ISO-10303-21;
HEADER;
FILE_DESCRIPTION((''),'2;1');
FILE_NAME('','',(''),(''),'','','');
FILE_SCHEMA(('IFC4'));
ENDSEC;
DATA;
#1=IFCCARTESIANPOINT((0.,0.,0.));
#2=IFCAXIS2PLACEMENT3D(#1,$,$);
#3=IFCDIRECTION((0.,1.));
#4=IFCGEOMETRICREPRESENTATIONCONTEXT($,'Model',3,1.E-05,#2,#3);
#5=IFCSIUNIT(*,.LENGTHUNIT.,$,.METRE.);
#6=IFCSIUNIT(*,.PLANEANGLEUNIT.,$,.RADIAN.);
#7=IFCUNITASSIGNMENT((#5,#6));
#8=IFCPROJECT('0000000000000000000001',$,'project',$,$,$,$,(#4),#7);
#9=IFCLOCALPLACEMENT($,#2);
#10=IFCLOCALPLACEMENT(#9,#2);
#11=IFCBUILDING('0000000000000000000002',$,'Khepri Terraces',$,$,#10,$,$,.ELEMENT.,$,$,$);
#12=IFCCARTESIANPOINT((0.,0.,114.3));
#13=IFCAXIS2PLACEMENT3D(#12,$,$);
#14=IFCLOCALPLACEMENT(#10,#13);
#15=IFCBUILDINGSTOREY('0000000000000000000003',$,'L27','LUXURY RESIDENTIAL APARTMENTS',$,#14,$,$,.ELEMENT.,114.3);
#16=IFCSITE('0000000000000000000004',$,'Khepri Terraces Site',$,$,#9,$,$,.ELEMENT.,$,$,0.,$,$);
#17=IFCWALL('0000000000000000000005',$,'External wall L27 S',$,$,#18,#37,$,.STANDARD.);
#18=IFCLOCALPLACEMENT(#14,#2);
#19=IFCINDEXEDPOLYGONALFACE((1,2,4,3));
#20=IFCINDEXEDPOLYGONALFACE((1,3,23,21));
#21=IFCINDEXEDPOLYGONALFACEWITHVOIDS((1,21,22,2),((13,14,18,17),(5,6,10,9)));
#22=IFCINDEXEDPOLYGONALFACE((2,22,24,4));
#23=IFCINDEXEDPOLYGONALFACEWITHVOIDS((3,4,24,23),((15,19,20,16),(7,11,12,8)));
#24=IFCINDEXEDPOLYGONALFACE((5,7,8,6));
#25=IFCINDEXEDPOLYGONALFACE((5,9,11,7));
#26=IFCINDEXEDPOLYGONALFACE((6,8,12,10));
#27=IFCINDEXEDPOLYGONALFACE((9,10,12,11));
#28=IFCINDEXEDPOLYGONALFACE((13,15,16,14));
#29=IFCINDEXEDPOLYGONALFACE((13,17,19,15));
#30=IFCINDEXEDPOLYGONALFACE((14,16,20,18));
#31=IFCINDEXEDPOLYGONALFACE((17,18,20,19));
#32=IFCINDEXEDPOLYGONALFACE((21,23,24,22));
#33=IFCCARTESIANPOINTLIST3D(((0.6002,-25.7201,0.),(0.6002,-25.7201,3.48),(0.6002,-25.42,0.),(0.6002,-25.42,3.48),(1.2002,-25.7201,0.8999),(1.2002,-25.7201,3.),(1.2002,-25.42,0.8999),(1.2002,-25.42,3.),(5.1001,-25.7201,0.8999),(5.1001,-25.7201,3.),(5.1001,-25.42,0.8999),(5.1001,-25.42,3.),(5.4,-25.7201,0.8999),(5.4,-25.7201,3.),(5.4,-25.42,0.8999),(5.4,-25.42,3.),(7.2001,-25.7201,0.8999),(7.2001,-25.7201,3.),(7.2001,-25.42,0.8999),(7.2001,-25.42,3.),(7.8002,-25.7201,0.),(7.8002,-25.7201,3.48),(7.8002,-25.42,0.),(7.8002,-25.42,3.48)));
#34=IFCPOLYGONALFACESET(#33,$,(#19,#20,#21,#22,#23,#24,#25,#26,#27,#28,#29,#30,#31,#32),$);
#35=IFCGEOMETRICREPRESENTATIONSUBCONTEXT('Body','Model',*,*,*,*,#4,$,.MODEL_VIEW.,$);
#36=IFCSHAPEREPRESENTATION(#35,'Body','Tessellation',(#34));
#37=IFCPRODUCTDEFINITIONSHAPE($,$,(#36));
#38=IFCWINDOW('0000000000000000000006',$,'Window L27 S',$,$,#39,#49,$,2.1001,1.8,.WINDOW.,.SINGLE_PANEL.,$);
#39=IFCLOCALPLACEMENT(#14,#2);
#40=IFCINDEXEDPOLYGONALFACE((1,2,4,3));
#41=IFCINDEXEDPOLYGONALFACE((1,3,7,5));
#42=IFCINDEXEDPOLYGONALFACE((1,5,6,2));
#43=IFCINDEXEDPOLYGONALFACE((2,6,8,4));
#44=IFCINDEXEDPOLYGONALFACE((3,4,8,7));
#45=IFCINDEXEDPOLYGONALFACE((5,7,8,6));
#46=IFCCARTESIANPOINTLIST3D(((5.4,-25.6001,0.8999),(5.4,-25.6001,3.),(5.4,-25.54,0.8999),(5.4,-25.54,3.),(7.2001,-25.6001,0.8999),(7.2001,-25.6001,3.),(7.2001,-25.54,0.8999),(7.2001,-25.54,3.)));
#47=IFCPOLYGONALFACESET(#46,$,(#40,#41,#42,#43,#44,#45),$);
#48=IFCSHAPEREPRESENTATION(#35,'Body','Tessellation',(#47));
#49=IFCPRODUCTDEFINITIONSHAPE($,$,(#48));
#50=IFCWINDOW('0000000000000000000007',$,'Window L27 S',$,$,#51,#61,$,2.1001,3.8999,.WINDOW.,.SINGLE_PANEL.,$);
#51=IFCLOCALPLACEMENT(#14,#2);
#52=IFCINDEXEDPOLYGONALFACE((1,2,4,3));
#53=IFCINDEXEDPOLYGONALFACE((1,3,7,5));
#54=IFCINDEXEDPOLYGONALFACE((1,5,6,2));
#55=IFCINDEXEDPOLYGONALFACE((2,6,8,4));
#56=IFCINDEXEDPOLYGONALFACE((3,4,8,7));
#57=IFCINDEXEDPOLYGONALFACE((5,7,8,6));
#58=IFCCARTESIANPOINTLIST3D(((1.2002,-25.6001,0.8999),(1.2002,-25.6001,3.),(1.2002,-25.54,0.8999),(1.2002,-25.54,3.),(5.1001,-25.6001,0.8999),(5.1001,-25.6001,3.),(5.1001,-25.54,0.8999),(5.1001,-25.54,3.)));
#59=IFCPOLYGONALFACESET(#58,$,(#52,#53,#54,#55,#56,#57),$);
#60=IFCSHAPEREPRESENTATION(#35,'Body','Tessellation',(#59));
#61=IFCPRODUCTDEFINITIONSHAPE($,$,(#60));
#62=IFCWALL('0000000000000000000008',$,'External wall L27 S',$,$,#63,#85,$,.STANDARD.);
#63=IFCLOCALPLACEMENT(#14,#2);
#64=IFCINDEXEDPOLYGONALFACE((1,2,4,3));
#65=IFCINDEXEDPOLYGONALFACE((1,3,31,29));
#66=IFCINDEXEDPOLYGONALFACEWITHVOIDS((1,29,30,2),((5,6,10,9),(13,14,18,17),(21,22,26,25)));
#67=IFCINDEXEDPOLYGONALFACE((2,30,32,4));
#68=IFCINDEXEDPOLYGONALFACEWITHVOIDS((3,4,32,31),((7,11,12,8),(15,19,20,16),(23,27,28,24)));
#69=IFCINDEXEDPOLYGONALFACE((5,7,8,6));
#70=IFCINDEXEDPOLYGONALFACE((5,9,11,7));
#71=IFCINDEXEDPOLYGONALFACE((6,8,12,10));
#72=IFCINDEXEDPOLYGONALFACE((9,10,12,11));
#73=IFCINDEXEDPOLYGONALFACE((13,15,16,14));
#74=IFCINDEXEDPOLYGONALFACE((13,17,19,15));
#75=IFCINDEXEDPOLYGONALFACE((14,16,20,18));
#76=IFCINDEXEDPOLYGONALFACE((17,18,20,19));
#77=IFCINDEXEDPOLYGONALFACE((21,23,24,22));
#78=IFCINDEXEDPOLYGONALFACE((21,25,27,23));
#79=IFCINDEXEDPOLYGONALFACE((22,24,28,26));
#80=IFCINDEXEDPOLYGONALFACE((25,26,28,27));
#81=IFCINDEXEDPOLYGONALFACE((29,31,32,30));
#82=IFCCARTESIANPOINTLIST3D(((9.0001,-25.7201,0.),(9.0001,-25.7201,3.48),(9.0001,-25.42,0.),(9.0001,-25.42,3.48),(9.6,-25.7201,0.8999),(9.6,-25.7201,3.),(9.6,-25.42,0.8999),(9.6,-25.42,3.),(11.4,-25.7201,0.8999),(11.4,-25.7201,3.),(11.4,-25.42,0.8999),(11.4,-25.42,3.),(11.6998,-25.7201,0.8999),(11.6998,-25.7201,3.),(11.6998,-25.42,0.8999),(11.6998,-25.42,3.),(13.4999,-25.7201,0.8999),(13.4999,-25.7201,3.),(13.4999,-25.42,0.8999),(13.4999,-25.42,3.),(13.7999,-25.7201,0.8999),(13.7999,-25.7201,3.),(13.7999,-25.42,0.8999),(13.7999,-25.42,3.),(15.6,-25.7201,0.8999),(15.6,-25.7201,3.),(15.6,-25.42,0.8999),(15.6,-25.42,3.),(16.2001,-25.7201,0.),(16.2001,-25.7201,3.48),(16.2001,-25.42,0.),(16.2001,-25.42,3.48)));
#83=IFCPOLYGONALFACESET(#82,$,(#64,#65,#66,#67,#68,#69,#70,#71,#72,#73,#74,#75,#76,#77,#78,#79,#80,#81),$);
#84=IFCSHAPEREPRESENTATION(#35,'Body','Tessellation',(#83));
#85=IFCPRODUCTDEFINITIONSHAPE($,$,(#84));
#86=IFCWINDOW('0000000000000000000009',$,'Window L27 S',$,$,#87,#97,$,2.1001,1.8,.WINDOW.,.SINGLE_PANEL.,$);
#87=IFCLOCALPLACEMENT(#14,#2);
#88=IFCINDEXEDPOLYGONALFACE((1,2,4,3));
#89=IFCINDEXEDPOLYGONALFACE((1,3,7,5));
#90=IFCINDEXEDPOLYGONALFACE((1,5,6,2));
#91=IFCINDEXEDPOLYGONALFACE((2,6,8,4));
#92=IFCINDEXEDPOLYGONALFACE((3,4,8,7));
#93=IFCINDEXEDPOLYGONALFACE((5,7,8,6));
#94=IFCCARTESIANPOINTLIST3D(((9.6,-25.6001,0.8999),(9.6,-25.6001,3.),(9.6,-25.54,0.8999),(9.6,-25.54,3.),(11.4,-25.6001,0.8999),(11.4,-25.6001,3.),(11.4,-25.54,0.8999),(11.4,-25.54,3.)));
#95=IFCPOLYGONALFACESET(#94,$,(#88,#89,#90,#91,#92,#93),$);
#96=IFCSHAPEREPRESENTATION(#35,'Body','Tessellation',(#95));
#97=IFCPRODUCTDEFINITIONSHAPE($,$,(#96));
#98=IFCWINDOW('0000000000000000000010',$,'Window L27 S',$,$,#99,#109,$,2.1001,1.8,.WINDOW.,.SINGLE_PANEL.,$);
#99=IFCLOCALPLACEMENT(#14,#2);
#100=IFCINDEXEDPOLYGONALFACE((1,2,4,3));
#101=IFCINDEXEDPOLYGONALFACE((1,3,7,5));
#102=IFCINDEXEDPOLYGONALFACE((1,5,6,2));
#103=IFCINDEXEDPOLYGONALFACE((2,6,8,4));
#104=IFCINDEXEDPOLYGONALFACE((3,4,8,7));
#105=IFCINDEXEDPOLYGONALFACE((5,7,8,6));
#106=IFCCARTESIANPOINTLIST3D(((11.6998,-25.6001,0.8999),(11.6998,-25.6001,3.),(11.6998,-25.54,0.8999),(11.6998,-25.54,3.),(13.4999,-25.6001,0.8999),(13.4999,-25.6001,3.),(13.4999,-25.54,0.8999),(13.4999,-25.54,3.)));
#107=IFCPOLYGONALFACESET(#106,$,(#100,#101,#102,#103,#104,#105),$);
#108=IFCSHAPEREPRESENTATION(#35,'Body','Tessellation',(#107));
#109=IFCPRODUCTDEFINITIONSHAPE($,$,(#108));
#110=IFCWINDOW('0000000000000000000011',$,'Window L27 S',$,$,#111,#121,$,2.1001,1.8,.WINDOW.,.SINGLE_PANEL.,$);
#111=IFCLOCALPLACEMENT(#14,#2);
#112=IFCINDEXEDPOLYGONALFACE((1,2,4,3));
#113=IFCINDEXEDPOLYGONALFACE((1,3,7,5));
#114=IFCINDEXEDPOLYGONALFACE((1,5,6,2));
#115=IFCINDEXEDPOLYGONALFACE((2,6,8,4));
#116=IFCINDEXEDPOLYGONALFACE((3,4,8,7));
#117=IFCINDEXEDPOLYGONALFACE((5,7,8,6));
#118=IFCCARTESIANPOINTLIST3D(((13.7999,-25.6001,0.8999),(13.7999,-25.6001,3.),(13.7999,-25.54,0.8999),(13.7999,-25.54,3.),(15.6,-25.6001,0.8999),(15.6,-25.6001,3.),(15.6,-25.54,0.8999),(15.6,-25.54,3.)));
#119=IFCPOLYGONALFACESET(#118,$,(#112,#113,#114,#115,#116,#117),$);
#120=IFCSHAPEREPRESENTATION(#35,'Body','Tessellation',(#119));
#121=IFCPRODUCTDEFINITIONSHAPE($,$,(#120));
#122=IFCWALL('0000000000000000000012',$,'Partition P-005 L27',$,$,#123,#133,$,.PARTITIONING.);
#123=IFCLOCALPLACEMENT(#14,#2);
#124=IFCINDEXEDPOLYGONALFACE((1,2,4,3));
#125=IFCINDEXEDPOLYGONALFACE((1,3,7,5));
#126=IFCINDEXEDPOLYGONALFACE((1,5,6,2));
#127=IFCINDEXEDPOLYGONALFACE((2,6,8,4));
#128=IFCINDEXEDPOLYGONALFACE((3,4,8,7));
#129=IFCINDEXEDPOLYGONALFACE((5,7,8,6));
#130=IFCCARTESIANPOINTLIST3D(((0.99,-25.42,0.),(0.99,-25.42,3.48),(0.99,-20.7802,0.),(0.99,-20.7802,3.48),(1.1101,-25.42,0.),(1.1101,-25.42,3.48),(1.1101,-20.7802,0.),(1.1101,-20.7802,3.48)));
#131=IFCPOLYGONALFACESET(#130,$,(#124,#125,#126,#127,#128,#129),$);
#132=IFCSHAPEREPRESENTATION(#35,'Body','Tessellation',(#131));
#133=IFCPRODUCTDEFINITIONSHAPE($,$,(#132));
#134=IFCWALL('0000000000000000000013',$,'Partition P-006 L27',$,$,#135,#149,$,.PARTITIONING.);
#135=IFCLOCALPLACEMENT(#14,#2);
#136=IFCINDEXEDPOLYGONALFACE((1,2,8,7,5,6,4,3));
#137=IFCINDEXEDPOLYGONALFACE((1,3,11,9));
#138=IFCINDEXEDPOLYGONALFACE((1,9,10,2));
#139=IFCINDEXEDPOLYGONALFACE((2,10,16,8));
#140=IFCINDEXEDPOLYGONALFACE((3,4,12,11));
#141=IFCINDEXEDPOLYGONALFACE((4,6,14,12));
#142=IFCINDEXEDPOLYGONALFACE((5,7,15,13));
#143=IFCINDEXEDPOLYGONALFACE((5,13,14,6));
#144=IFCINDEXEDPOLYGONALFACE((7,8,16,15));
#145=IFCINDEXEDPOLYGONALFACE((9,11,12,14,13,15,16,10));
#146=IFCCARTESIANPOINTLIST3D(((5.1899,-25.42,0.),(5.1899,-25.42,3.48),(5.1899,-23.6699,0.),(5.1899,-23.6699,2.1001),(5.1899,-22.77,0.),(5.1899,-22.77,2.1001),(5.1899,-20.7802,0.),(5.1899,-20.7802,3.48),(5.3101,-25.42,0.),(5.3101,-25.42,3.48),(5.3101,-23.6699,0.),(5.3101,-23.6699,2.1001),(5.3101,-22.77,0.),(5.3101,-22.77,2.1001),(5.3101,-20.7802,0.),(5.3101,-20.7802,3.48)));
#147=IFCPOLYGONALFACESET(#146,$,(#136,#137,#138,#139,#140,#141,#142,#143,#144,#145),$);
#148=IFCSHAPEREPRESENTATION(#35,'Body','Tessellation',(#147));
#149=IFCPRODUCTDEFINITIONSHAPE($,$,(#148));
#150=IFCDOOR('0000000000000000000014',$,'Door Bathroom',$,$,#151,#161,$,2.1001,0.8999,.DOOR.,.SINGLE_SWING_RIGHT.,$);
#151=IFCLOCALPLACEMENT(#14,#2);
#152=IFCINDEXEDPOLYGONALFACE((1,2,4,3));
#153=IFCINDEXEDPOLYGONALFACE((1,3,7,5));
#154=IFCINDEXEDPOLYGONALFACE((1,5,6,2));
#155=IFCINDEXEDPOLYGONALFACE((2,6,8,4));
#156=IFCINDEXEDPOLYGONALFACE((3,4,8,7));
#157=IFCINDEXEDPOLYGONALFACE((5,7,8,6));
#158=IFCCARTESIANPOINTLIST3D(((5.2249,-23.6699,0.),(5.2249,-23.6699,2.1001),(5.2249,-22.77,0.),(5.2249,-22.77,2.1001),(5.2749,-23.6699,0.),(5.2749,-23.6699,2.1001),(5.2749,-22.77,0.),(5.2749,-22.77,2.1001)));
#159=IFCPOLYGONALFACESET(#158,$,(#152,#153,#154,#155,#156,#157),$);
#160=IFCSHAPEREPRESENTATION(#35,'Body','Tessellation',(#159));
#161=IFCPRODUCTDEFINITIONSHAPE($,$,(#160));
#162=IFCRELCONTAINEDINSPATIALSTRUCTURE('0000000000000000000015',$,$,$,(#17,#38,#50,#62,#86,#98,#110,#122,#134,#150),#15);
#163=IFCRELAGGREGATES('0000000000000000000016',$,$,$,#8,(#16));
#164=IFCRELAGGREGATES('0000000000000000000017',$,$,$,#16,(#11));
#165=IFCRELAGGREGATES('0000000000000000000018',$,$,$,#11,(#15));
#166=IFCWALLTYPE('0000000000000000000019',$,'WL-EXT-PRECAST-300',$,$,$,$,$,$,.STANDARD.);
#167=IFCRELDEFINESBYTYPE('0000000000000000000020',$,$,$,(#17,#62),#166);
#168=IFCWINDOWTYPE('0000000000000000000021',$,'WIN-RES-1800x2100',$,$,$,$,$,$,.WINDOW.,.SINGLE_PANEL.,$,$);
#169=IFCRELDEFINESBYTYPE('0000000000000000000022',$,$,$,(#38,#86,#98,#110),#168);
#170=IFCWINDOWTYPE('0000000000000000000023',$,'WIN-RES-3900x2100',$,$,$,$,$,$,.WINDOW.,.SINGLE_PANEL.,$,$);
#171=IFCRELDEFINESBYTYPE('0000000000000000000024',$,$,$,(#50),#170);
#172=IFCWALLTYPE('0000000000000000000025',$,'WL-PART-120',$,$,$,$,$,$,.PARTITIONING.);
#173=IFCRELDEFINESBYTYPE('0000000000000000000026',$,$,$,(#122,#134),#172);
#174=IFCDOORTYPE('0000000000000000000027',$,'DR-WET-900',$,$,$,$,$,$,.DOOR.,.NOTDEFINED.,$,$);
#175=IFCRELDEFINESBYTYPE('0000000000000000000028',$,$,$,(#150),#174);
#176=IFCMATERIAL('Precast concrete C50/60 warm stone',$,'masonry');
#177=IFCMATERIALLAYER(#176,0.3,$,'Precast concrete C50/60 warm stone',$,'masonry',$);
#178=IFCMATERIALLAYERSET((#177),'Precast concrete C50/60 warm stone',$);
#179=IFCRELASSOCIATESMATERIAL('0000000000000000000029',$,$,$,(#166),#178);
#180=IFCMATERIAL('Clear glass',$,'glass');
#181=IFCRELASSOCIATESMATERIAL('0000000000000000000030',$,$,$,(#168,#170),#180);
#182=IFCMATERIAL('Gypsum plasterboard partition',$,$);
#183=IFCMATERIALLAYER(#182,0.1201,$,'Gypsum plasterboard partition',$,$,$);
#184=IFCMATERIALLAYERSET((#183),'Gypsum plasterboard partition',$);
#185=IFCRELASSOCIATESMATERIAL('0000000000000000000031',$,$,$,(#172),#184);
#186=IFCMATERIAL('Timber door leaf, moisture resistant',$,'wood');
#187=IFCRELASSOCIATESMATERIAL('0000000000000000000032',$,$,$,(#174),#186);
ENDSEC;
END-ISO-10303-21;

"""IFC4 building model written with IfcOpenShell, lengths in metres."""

from ifc_helpers import new_model, si_unit, direction, frame, frame_2d, origin, place, context, subcontext, project, spatial, rectangle, extrude, material, layer, layer_set, type_object, element, fill, save


model = new_model("IFC4")

# Units and contexts
model_context = context("Model", 3, precision=1e-05, world=origin(), true_north=direction((0.0, 1.0)))
body_context = subcontext(model_context, "Body", "Model", "MODEL_VIEW")
ifc_project = project(units=[si_unit("LENGTHUNIT", "METRE"), si_unit("PLANEANGLEUNIT", "RADIAN")], contexts=[model_context])

# Site, building, storey
site_placement = place(None, origin())
site = spatial("IfcSite", under=ifc_project, at=site_placement, Name="Khepri Terraces Site", CompositionType="ELEMENT", RefElevation=0.0)
building_placement = place(site_placement, origin())
building = spatial("IfcBuilding", under=site, at=building_placement, Name="Khepri Terraces", CompositionType="ELEMENT")
storey_placement = place(building_placement, frame((0.0, 0.0, 114.3)))
storey = spatial("IfcBuildingStorey", under=building, at=storey_placement, Name="L27", Description="LUXURY RESIDENTIAL APARTMENTS", CompositionType="ELEMENT", Elevation=114.3)

# Walls, openings, windows
ifc_material_1 = material(Name="Precast concrete C50/60 warm stone", Category="masonry")
ifc_layer_1 = layer(ifc_material_1, 0.3, Name="Precast concrete C50/60 warm stone", Category="masonry")
ifc_layer_set_1 = layer_set([ifc_layer_1], Name="Precast concrete C50/60 warm stone")
wall_type_1 = type_object("IfcWallType", Name="WL-EXT-PRECAST-300", PredefinedType="STANDARD", material=ifc_layer_set_1)
wall_1_placement = place(storey_placement, frame((0.6001, -25.5701, 0.0), z_axis=(0.0, 0.0, 1.0), x_axis=(1.0, 0.0, 0.0)))
wall_1 = element("IfcWall", 1, at=wall_1_placement, inside=storey, type_object=wall_type_1, Name="External wall L27 S", PredefinedType="STANDARD", context=body_context, shape_type="SweptSolid", body=[
    extrude(rectangle(XDim=7.2, YDim=0.3, at=frame_2d((3.6001, 0.0))), origin(), (0.0, 0.0, 1.0), 3.48),
])
opening_1_placement = place(wall_1_placement, frame((0.6001, 0.0, 0.8999)))
opening_1 = element("IfcOpeningElement", 2, at=opening_1_placement, cuts=wall_1, PredefinedType="OPENING", context=body_context, shape_type="SweptSolid", body=[
    extrude(rectangle(XDim=3.8999, YDim=2.1001, at=frame_2d((1.95, 1.05))), frame((0.0, 0.1602, 0.0), z_axis=(0.0, -1.0, 0.0), x_axis=(1.0, 0.0, 0.0)), (0.0, 0.0, 1.0), 0.3201),
])
opening_2_placement = place(wall_1_placement, frame((4.8, 0.0, 0.8999)))
opening_2 = element("IfcOpeningElement", 3, at=opening_2_placement, cuts=wall_1, PredefinedType="OPENING", context=body_context, shape_type="SweptSolid", body=[
    extrude(rectangle(XDim=1.8, YDim=2.1001, at=frame_2d((0.8999, 1.05))), frame((0.0, 0.1602, 0.0), z_axis=(0.0, -1.0, 0.0), x_axis=(1.0, 0.0, 0.0)), (0.0, 0.0, 1.0), 0.3201),
])
ifc_material_2 = material(Name="Clear glass", Category="glass")
window_type_1 = type_object("IfcWindowType", Name="WIN-RES-1800x2100", PartitioningType="SINGLE_PANEL", PredefinedType="WINDOW", material=ifc_material_2)
window_1_placement = place(opening_2_placement, origin())
window_1 = element("IfcWindow", 4, at=window_1_placement, inside=storey, type_object=window_type_1, Name="Window L27 S", OverallHeight=2.1001, OverallWidth=1.8, PartitioningType="SINGLE_PANEL", PredefinedType="WINDOW", context=body_context, shape_type="SweptSolid", body=[
    extrude(rectangle(XDim=1.8, YDim=2.1001, at=frame_2d((0.8999, 1.05))), frame((0.0, 0.03, 0.0), z_axis=(0.0, -1.0, 0.0), x_axis=(1.0, 0.0, 0.0)), (0.0, 0.0, 1.0), 0.0601),
])
fill(opening_2, window_1)
window_type_2 = type_object("IfcWindowType", Name="WIN-RES-3900x2100", PartitioningType="SINGLE_PANEL", PredefinedType="WINDOW", material=ifc_material_2)
window_2_placement = place(opening_1_placement, origin())
window_2 = element("IfcWindow", 5, at=window_2_placement, inside=storey, type_object=window_type_2, Name="Window L27 S", OverallHeight=2.1001, OverallWidth=3.8999, PartitioningType="SINGLE_PANEL", PredefinedType="WINDOW", context=body_context, shape_type="SweptSolid", body=[
    extrude(rectangle(XDim=3.8999, YDim=2.1001, at=frame_2d((1.95, 1.05))), frame((0.0, 0.03, 0.0), z_axis=(0.0, -1.0, 0.0), x_axis=(1.0, 0.0, 0.0)), (0.0, 0.0, 1.0), 0.0601),
])
fill(opening_1, window_2)
wall_2_placement = place(storey_placement, frame((9.0, -25.5701, 0.0), z_axis=(0.0, 0.0, 1.0), x_axis=(1.0, 0.0, 0.0)))
wall_2 = element("IfcWall", 6, at=wall_2_placement, inside=storey, type_object=wall_type_1, Name="External wall L27 S", PredefinedType="STANDARD", context=body_context, shape_type="SweptSolid", body=[
    extrude(rectangle(XDim=7.2, YDim=0.3, at=frame_2d((3.6001, 0.0))), origin(), (0.0, 0.0, 1.0), 3.48),
])
opening_3_placement = place(wall_2_placement, frame((0.6001, 0.0, 0.8999)))
opening_3 = element("IfcOpeningElement", 7, at=opening_3_placement, cuts=wall_2, PredefinedType="OPENING", context=body_context, shape_type="SweptSolid", body=[
    extrude(rectangle(XDim=1.8, YDim=2.1001, at=frame_2d((0.8999, 1.05))), frame((0.0, 0.1602, 0.0), z_axis=(0.0, -1.0, 0.0), x_axis=(1.0, 0.0, 0.0)), (0.0, 0.0, 1.0), 0.3201),
])
opening_4_placement = place(wall_2_placement, frame((2.7, 0.0, 0.8999)))
opening_4 = element("IfcOpeningElement", 8, at=opening_4_placement, cuts=wall_2, PredefinedType="OPENING", context=body_context, shape_type="SweptSolid", body=[
    extrude(rectangle(XDim=1.8, YDim=2.1001, at=frame_2d((0.8999, 1.05))), frame((0.0, 0.1602, 0.0), z_axis=(0.0, -1.0, 0.0), x_axis=(1.0, 0.0, 0.0)), (0.0, 0.0, 1.0), 0.3201),
])
opening_5_placement = place(wall_2_placement, frame((4.8, 0.0, 0.8999)))
opening_5 = element("IfcOpeningElement", 9, at=opening_5_placement, cuts=wall_2, PredefinedType="OPENING", context=body_context, shape_type="SweptSolid", body=[
    extrude(rectangle(XDim=1.8, YDim=2.1001, at=frame_2d((0.8999, 1.05))), frame((0.0, 0.1602, 0.0), z_axis=(0.0, -1.0, 0.0), x_axis=(1.0, 0.0, 0.0)), (0.0, 0.0, 1.0), 0.3201),
])
window_3_placement = place(opening_3_placement, origin())
window_3 = element("IfcWindow", 10, at=window_3_placement, inside=storey, type_object=window_type_1, Name="Window L27 S", OverallHeight=2.1001, OverallWidth=1.8, PartitioningType="SINGLE_PANEL", PredefinedType="WINDOW", context=body_context, shape_type="SweptSolid", body=[
    extrude(rectangle(XDim=1.8, YDim=2.1001, at=frame_2d((0.8999, 1.05))), frame((0.0, 0.03, 0.0), z_axis=(0.0, -1.0, 0.0), x_axis=(1.0, 0.0, 0.0)), (0.0, 0.0, 1.0), 0.0601),
])
fill(opening_3, window_3)
window_4_placement = place(opening_4_placement, origin())
window_4 = element("IfcWindow", 11, at=window_4_placement, inside=storey, type_object=window_type_1, Name="Window L27 S", OverallHeight=2.1001, OverallWidth=1.8, PartitioningType="SINGLE_PANEL", PredefinedType="WINDOW", context=body_context, shape_type="SweptSolid", body=[
    extrude(rectangle(XDim=1.8, YDim=2.1001, at=frame_2d((0.8999, 1.05))), frame((0.0, 0.03, 0.0), z_axis=(0.0, -1.0, 0.0), x_axis=(1.0, 0.0, 0.0)), (0.0, 0.0, 1.0), 0.0601),
])
fill(opening_4, window_4)
window_5_placement = place(opening_5_placement, origin())
window_5 = element("IfcWindow", 12, at=window_5_placement, inside=storey, type_object=window_type_1, Name="Window L27 S", OverallHeight=2.1001, OverallWidth=1.8, PartitioningType="SINGLE_PANEL", PredefinedType="WINDOW", context=body_context, shape_type="SweptSolid", body=[
    extrude(rectangle(XDim=1.8, YDim=2.1001, at=frame_2d((0.8999, 1.05))), frame((0.0, 0.03, 0.0), z_axis=(0.0, -1.0, 0.0), x_axis=(1.0, 0.0, 0.0)), (0.0, 0.0, 1.0), 0.0601),
])
fill(opening_5, window_5)

# Wall
ifc_material_3 = material(Name="Gypsum plasterboard partition")
ifc_layer_2 = layer(ifc_material_3, 0.1201, Name="Gypsum plasterboard partition")
ifc_layer_set_2 = layer_set([ifc_layer_2], Name="Gypsum plasterboard partition")
wall_type_2 = type_object("IfcWallType", Name="WL-PART-120", PredefinedType="PARTITIONING", material=ifc_layer_set_2)
wall_3_placement = place(storey_placement, frame((1.05, -25.4199, 0.0), z_axis=(0.0, 0.0, 1.0), x_axis=(0.0, 1.0, 0.0)))
element("IfcWall", 13, at=wall_3_placement, inside=storey, type_object=wall_type_2, Name="Partition P-005 L27", PredefinedType="PARTITIONING", context=body_context, shape_type="SweptSolid", body=[
    extrude(rectangle(XDim=4.6399, YDim=0.1201, at=frame_2d((2.3198, 0.0))), origin(), (0.0, 0.0, 1.0), 3.48),
])

# Wall, opening, door
wall_4_placement = place(storey_placement, frame((5.25, -25.4199, 0.0), z_axis=(0.0, 0.0, 1.0), x_axis=(0.0, 1.0, 0.0)))
wall_4 = element("IfcWall", 14, at=wall_4_placement, inside=storey, type_object=wall_type_2, Name="Partition P-006 L27", PredefinedType="PARTITIONING", context=body_context, shape_type="SweptSolid", body=[
    extrude(rectangle(XDim=4.6399, YDim=0.1201, at=frame_2d((2.3198, 0.0))), origin(), (0.0, 0.0, 1.0), 3.48),
])
opening_6_placement = place(wall_4_placement, frame((1.75, 0.0, 0.0)))
opening_6 = element("IfcOpeningElement", 15, at=opening_6_placement, cuts=wall_4, PredefinedType="OPENING", context=body_context, shape_type="SweptSolid", body=[
    extrude(rectangle(XDim=0.8999, YDim=2.1001, at=frame_2d((0.45, 1.05))), frame((0.0, 0.0701, 0.0), z_axis=(0.0, -1.0, 0.0), x_axis=(1.0, 0.0, 0.0)), (0.0, 0.0, 1.0), 0.1401),
])
ifc_material_4 = material(Name="Timber door leaf, moisture resistant", Category="wood")
door_type_1 = type_object("IfcDoorType", Name="DR-WET-900", OperationType="NOTDEFINED", PredefinedType="DOOR", material=ifc_material_4)
door_1_placement = place(opening_6_placement, frame((0.8999, 0.0, 0.0), z_axis=(0.0, 0.0, 1.0), x_axis=(-1.0, 0.0, 0.0)))
door_1 = element("IfcDoor", 16, at=door_1_placement, inside=storey, type_object=door_type_1, Name="Door Bathroom", OperationType="SINGLE_SWING_RIGHT", OverallHeight=2.1001, OverallWidth=0.8999, PredefinedType="DOOR", context=body_context, shape_type="SweptSolid", body=[
    extrude(rectangle(XDim=0.8999, YDim=2.1001, at=frame_2d((0.45, 1.05))), frame((0.0, 0.0249, 0.0), z_axis=(0.0, -1.0, 0.0), x_axis=(1.0, 0.0, 0.0)), (0.0, 0.0, 1.0), 0.05),
])
fill(opening_6, door_1)

save(model, "model.ifc")
